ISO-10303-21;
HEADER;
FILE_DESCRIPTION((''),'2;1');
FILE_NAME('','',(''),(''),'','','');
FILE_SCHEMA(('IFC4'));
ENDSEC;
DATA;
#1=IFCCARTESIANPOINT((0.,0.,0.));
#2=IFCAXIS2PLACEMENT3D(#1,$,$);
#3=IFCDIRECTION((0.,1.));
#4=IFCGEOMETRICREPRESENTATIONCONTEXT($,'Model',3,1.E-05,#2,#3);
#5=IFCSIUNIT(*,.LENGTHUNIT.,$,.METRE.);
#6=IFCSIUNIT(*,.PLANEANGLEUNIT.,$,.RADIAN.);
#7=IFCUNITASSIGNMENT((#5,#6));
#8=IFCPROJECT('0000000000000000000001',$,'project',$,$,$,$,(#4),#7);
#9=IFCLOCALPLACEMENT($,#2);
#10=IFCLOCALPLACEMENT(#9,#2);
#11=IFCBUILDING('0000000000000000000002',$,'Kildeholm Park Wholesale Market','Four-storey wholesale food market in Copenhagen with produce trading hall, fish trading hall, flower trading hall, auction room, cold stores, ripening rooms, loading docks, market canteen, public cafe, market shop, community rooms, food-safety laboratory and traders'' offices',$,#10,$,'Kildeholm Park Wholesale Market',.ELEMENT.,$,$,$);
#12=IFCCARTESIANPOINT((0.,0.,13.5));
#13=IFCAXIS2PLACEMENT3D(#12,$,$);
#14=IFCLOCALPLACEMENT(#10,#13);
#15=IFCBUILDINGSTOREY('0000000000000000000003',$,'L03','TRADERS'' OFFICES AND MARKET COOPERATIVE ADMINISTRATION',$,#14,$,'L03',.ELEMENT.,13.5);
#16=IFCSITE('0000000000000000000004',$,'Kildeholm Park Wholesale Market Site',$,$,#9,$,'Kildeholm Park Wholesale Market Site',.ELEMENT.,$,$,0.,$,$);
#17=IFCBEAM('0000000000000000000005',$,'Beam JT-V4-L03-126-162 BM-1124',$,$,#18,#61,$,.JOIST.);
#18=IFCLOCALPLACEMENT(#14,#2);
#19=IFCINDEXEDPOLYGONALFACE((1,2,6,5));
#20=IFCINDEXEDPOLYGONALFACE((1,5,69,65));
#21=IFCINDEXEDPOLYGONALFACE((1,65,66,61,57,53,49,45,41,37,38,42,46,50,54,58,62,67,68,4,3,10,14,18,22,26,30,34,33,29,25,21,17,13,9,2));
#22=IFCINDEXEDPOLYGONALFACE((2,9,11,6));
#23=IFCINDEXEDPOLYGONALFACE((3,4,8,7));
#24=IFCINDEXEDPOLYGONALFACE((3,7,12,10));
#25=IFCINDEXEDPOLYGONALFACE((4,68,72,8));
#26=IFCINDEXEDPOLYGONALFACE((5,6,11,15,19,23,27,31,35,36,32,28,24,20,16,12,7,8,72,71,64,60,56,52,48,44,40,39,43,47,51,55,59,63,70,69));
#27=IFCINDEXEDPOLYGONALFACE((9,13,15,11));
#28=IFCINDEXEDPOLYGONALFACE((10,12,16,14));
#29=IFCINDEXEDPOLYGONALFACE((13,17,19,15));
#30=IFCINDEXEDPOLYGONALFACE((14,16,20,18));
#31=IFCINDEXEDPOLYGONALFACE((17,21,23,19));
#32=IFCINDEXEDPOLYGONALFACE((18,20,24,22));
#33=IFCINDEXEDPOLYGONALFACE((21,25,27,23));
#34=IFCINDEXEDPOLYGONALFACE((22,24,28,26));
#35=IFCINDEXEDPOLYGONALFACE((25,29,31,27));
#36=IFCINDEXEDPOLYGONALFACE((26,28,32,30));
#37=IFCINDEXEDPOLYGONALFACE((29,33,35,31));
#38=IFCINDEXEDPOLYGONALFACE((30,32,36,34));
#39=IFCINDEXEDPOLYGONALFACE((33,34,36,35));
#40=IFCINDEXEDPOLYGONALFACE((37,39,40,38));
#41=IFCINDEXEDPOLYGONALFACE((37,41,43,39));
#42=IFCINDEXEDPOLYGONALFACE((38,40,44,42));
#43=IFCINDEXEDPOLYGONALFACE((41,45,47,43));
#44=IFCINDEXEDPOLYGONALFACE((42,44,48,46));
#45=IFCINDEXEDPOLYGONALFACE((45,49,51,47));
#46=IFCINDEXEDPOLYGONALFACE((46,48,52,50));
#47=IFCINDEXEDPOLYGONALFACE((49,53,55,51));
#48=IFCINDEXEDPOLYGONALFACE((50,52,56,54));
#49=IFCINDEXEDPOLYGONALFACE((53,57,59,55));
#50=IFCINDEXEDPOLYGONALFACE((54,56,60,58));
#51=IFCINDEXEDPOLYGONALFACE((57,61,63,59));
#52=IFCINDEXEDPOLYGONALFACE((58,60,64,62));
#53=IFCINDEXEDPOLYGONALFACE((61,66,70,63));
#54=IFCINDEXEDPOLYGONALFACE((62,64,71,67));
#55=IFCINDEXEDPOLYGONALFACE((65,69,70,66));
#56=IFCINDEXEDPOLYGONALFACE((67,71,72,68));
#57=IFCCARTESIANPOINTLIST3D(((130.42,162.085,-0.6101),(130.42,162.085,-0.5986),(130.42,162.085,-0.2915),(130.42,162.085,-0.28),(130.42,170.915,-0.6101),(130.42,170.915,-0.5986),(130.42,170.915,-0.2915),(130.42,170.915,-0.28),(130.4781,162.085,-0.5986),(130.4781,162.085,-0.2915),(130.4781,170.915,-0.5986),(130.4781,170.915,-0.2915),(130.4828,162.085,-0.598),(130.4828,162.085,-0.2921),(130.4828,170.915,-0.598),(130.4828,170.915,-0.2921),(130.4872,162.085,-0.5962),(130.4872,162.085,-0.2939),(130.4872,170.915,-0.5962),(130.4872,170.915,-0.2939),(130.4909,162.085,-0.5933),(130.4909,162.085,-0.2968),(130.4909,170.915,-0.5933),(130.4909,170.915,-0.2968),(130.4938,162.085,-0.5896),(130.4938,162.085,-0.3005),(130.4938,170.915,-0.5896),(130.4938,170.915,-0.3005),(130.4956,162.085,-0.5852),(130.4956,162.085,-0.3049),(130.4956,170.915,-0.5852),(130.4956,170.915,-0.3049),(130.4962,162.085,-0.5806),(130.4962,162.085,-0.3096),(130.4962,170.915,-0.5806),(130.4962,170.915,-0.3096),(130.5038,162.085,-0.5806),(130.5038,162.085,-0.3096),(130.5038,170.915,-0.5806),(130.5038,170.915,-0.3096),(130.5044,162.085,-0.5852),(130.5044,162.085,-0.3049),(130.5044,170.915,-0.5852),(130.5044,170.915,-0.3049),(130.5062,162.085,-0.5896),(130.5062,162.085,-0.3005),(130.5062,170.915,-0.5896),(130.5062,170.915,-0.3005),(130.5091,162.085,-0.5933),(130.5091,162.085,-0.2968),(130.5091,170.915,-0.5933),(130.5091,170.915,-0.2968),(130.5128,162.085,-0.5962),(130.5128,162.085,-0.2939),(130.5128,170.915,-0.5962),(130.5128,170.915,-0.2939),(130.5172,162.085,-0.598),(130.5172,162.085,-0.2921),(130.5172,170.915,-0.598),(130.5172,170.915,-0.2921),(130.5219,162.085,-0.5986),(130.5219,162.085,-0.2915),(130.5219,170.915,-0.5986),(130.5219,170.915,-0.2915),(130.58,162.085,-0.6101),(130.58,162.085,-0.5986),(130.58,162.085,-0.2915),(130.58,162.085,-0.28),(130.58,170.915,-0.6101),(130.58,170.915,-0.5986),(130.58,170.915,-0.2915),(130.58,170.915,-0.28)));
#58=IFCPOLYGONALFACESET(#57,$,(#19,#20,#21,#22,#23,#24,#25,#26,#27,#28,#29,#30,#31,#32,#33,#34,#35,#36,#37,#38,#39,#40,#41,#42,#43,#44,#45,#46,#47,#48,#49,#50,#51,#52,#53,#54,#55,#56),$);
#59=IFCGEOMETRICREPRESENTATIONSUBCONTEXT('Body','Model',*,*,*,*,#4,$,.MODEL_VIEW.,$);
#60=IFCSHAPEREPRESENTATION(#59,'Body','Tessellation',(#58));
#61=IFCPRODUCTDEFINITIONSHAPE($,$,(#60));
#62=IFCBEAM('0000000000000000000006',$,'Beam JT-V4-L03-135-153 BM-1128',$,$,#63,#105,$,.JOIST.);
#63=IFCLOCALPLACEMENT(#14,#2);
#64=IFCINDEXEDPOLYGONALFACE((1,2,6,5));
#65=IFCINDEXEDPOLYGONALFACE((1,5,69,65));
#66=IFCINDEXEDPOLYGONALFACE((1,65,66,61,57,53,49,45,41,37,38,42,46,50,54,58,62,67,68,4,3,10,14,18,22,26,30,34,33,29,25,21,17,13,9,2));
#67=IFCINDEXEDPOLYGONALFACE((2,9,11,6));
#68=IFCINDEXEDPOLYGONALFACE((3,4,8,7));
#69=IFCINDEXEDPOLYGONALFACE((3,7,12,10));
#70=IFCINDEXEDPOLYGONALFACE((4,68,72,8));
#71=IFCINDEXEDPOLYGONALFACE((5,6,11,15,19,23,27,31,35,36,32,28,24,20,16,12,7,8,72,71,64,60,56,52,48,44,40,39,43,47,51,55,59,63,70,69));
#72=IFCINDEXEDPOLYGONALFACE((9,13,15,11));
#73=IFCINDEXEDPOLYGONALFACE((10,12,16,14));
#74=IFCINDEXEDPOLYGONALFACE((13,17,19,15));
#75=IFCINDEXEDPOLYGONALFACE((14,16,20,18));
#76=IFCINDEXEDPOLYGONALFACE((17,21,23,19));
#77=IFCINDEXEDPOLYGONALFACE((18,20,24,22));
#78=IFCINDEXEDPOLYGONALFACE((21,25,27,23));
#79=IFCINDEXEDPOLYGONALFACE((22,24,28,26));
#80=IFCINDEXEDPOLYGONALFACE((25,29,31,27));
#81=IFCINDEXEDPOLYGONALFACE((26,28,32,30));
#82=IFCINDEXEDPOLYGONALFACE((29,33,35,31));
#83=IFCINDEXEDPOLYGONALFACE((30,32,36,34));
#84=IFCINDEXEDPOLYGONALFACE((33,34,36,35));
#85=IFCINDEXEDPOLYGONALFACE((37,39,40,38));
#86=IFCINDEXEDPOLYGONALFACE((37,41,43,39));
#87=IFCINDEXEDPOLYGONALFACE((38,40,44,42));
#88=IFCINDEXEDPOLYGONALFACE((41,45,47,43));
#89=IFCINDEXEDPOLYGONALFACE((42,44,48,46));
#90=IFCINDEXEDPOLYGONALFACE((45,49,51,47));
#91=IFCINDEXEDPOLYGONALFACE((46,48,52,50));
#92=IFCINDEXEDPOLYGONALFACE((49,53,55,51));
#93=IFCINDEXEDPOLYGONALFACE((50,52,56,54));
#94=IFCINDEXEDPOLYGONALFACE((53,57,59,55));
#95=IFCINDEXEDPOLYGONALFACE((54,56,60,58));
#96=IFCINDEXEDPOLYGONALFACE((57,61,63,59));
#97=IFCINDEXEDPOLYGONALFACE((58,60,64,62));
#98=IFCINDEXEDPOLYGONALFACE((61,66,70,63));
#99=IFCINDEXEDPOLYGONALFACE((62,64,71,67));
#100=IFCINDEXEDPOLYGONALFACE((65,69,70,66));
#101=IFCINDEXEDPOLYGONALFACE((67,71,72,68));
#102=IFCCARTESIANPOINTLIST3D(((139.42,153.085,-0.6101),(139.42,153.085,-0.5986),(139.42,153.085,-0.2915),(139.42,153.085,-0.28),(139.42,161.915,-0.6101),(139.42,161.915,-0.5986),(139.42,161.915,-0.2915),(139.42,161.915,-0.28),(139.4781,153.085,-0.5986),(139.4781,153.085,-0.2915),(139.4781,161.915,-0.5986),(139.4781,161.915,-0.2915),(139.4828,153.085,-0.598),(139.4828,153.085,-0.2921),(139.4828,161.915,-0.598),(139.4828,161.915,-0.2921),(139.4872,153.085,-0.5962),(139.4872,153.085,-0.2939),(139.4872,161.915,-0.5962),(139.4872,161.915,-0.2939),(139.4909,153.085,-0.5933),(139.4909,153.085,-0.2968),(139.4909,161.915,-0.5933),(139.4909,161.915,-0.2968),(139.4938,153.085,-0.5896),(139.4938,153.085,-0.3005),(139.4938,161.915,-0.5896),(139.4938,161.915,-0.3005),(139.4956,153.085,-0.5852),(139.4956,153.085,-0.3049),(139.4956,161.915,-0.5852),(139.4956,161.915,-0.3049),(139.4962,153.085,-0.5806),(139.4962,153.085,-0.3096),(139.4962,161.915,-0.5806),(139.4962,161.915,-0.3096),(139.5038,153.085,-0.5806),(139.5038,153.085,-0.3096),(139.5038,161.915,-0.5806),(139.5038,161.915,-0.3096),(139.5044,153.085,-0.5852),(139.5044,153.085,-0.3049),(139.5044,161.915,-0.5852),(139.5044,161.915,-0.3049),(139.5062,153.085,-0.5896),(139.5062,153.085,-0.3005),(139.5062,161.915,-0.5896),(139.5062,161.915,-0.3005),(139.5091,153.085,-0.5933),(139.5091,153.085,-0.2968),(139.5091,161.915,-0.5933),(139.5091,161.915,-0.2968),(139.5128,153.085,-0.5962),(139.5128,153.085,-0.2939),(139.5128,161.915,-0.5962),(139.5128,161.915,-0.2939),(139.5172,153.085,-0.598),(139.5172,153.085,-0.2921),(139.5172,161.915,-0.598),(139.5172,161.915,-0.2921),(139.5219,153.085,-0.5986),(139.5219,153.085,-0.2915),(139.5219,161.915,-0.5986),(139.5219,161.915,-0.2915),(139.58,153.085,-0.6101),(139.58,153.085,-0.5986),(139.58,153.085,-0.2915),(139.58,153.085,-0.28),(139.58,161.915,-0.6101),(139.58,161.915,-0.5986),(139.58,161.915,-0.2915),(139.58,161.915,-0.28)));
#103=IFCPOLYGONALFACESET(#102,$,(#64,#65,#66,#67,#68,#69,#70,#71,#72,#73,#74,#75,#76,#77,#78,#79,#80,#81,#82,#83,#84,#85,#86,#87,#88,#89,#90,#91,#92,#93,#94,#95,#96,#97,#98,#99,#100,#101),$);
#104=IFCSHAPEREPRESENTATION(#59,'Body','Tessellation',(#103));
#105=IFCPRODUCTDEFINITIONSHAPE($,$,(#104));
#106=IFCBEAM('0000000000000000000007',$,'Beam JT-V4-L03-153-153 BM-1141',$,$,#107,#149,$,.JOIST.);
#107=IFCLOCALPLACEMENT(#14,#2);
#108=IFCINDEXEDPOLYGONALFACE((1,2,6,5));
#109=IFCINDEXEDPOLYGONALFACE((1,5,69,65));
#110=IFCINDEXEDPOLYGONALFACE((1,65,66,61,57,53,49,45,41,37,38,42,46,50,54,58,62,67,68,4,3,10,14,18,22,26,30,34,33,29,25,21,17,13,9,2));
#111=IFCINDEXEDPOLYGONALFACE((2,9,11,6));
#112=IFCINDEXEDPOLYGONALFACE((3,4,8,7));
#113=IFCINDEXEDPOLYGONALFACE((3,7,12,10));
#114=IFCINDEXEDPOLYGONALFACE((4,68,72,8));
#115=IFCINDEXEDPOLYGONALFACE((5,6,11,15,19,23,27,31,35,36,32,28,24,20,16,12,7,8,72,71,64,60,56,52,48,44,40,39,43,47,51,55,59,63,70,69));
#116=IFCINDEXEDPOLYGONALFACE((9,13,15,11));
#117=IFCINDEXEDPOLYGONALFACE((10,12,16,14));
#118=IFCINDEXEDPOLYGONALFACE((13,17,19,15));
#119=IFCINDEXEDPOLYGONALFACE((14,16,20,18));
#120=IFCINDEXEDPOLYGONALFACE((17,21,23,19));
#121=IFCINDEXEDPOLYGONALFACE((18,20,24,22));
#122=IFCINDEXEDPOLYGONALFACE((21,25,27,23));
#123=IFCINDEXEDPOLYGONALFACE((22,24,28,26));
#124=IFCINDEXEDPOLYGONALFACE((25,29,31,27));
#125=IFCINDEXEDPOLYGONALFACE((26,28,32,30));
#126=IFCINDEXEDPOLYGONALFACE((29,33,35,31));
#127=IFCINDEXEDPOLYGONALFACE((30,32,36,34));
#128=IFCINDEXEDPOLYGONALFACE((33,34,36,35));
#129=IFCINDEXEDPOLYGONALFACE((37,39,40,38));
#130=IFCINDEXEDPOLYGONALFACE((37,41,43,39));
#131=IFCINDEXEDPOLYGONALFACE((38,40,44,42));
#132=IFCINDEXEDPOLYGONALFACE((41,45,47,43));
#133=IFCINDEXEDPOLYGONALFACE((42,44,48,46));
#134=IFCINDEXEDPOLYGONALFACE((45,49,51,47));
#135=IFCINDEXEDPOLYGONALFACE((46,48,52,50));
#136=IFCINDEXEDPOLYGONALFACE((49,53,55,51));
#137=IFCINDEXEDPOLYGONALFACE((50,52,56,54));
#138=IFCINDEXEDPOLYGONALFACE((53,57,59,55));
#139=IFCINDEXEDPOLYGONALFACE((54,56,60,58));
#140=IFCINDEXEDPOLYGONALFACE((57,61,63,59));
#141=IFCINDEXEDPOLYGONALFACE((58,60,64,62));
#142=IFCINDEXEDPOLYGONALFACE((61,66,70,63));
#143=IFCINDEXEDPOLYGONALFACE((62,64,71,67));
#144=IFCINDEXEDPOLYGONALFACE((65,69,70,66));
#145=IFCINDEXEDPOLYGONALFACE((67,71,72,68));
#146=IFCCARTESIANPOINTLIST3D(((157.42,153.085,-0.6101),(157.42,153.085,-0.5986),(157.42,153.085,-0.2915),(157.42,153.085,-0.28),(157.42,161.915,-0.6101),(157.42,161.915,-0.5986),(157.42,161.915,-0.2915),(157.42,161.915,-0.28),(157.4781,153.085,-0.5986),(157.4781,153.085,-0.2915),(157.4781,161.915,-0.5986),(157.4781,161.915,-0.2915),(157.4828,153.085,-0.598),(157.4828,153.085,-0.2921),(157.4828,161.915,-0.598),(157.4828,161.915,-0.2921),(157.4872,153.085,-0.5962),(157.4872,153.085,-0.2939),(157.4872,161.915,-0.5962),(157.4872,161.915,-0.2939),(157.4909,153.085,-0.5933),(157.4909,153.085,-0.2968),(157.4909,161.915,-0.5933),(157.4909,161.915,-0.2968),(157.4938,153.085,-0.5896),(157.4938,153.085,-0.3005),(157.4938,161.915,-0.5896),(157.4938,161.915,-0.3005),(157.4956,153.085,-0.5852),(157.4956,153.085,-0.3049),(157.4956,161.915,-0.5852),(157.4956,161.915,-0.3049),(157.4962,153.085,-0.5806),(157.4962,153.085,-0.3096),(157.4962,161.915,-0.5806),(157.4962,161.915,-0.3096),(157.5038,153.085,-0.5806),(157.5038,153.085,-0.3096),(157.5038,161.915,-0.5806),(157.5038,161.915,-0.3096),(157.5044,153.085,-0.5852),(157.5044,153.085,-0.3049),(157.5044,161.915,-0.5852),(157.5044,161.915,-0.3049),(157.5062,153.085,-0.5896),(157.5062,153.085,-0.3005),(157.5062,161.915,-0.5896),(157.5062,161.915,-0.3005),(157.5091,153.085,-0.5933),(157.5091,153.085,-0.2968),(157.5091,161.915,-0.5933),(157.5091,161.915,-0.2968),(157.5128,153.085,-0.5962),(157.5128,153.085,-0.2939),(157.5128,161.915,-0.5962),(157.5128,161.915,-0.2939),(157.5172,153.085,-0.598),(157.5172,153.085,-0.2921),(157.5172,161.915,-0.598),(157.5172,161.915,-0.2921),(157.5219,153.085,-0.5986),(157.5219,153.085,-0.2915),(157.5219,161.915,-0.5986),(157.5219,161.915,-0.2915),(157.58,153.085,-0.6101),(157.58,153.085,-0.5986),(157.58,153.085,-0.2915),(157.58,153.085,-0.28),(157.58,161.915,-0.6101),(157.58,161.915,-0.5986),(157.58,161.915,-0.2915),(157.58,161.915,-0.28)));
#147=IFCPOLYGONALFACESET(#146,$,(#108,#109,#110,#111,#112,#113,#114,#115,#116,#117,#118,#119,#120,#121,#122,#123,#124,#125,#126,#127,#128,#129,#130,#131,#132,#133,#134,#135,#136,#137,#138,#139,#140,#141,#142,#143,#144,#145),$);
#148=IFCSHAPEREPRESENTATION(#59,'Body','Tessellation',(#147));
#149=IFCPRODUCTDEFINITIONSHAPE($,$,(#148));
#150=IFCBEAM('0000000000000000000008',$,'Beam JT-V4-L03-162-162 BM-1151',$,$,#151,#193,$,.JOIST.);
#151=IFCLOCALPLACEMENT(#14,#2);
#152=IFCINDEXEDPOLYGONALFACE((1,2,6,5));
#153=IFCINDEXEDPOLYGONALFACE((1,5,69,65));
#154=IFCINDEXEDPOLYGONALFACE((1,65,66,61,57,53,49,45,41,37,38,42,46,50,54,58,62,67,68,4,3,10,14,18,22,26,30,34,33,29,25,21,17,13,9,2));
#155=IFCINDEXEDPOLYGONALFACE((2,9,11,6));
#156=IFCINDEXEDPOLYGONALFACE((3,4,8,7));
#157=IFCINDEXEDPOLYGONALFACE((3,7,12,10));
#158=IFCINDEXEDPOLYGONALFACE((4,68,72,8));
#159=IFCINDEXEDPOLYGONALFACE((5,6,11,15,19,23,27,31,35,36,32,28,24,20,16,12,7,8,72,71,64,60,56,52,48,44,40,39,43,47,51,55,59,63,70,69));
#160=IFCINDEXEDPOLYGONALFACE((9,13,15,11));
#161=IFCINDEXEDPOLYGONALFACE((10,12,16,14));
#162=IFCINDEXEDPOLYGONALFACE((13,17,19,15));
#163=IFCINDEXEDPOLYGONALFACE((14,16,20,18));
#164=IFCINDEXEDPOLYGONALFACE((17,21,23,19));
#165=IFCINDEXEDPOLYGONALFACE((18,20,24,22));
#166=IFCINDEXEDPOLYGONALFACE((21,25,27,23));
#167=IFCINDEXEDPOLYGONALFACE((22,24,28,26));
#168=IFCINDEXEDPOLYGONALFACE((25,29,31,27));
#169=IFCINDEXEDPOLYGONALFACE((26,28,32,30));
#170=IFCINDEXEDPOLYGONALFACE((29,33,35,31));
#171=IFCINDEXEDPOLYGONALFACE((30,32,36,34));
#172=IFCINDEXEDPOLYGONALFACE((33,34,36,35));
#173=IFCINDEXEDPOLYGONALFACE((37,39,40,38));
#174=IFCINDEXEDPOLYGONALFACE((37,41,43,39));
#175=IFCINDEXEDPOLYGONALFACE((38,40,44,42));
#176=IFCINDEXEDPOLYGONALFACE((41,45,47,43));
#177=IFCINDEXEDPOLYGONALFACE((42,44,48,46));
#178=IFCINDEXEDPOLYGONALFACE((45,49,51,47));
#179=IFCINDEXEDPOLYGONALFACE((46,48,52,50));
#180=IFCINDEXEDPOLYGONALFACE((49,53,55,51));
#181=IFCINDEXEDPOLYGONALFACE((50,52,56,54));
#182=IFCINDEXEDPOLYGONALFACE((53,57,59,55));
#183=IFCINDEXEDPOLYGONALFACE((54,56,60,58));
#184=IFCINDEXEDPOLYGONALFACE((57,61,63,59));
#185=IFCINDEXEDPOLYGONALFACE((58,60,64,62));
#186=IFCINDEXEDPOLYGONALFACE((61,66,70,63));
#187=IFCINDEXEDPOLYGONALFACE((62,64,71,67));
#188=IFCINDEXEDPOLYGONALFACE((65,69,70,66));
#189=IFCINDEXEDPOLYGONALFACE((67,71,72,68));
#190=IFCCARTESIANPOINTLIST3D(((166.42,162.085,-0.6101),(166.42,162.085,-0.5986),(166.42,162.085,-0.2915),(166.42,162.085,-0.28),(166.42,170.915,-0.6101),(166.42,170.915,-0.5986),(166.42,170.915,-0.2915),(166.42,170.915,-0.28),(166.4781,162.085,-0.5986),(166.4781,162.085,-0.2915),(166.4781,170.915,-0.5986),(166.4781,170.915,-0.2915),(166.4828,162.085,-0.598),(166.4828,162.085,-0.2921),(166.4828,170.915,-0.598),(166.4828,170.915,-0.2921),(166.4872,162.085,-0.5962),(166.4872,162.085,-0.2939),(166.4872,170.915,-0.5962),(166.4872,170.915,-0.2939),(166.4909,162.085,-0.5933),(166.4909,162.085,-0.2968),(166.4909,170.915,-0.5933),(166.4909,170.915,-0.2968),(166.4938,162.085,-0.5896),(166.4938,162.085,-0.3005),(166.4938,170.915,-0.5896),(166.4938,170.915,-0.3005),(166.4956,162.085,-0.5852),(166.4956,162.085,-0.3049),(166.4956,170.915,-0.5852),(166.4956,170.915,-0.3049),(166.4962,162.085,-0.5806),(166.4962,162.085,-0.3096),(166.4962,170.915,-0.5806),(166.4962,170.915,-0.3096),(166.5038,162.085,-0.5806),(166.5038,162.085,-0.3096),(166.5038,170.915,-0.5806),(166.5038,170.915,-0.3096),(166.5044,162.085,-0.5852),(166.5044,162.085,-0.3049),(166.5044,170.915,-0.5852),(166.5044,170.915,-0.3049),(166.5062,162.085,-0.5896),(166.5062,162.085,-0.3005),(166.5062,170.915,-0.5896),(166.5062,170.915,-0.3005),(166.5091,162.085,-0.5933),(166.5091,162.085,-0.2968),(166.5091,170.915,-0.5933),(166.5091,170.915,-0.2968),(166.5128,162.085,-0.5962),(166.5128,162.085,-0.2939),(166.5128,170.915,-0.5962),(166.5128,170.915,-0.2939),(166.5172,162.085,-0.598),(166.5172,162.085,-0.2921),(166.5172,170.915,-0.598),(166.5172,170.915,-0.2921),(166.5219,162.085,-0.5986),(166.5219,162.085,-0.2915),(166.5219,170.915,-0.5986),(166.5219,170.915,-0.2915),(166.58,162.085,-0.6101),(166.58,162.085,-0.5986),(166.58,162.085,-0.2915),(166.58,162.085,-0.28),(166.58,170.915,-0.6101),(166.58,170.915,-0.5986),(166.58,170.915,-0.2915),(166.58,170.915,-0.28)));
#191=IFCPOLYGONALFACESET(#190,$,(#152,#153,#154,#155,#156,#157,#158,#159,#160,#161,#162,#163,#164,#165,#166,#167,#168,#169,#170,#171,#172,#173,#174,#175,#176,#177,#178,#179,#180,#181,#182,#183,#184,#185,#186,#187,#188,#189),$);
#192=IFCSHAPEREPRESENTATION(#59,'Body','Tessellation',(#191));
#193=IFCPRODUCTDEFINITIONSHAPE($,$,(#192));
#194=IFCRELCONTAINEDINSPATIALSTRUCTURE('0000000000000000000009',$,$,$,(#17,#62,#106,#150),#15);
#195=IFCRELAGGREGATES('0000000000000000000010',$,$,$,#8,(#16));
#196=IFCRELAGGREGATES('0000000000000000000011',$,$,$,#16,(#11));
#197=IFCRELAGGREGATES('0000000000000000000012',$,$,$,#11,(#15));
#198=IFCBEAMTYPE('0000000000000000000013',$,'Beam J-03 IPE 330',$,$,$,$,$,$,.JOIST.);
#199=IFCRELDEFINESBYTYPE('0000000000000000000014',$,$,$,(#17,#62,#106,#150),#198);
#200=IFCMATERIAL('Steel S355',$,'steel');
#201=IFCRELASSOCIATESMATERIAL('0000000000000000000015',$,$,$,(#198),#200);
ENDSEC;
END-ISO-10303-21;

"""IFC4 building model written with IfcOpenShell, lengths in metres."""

from ifc_helpers import new_model, si_unit, direction, frame, origin, origin_2d, place, context, subcontext, project, spatial, i_section, extrude, material, material_profile, profile_set, type_object, element, save


model = new_model("IFC4")

# Units and contexts
model_context = context("Model", 3, precision=1e-05, world=origin(), true_north=direction((0.0, 1.0)))
body_context = subcontext(model_context, "Body", "Model", "MODEL_VIEW")
ifc_project = project(units=[si_unit("LENGTHUNIT", "METRE"), si_unit("PLANEANGLEUNIT", "RADIAN")], contexts=[model_context])

# Site, building, storey
site_placement = place(None, origin())
site = spatial("IfcSite", under=ifc_project, at=site_placement, Name="Kildeholm Park Wholesale Market Site", LongName="Kildeholm Park Wholesale Market Site", CompositionType="ELEMENT", RefElevation=0.0)
building_placement = place(site_placement, origin())
building = spatial("IfcBuilding", under=site, at=building_placement, Name="Kildeholm Park Wholesale Market", Description="Four-storey wholesale food market in Copenhagen with produce trading hall, fish trading hall, flower trading hall, auction room, cold stores, ripening rooms, loading docks, market canteen, public cafe, market shop, community rooms, food-safety laboratory and traders' offices", LongName="Kildeholm Park Wholesale Market", CompositionType="ELEMENT")
storey_placement = place(building_placement, frame((0.0, 0.0, 13.5)))
storey = spatial("IfcBuildingStorey", under=building, at=storey_placement, Name="L03", Description="TRADERS' OFFICES AND MARKET COOPERATIVE ADMINISTRATION", LongName="L03", CompositionType="ELEMENT", Elevation=13.5)

# Beams
ifc_material_1 = material(Name="Steel S355", Category="steel")
ifc_material_profile_1 = material_profile(ifc_material_1, i_section(OverallWidth=0.1599, OverallDepth=0.3301, WebThickness=0.0076, FlangeThickness=0.0115, FilletRadius=0.0181, at=origin_2d()), Name="IPE 330")
ifc_profile_set_1 = profile_set([ifc_material_profile_1], Name="Steel S355")
beam_type_1 = type_object("IfcBeamType", Name="Beam J-03 IPE 330", PredefinedType="JOIST", material=ifc_profile_set_1)
for number, where, z_axis, x_axis, name in (
    (1, (130.5, 162.085, -0.4451), (0.0, 1.0, 0.0), (-1.0, 0.0, 0.0), "Beam JT-V4-L03-126-162 BM-1124"),
    (2, (139.5, 153.085, -0.4451), (0.0, 1.0, 0.0), (-1.0, 0.0, 0.0), "Beam JT-V4-L03-135-153 BM-1128"),
    (3, (157.5, 153.085, -0.4451), (0.0, 1.0, 0.0), (-1.0, 0.0, 0.0), "Beam JT-V4-L03-153-153 BM-1141"),
    (4, (166.5, 162.085, -0.4451), (0.0, 1.0, 0.0), (-1.0, 0.0, 0.0), "Beam JT-V4-L03-162-162 BM-1151"),
):
    element("IfcBeam", number, at=place(storey_placement, frame(where, z_axis=z_axis, x_axis=x_axis)), inside=storey, type_object=beam_type_1, Name=name, PredefinedType="JOIST", context=body_context, shape_type="SweptSolid", body=[
        extrude(i_section(OverallWidth=0.1599, OverallDepth=0.3301, WebThickness=0.0076, FlangeThickness=0.0115, FilletRadius=0.0181, at=origin_2d()), origin(), (0.0, 0.0, 1.0), 8.8301),
    ])

save(model, "model.ifc")
